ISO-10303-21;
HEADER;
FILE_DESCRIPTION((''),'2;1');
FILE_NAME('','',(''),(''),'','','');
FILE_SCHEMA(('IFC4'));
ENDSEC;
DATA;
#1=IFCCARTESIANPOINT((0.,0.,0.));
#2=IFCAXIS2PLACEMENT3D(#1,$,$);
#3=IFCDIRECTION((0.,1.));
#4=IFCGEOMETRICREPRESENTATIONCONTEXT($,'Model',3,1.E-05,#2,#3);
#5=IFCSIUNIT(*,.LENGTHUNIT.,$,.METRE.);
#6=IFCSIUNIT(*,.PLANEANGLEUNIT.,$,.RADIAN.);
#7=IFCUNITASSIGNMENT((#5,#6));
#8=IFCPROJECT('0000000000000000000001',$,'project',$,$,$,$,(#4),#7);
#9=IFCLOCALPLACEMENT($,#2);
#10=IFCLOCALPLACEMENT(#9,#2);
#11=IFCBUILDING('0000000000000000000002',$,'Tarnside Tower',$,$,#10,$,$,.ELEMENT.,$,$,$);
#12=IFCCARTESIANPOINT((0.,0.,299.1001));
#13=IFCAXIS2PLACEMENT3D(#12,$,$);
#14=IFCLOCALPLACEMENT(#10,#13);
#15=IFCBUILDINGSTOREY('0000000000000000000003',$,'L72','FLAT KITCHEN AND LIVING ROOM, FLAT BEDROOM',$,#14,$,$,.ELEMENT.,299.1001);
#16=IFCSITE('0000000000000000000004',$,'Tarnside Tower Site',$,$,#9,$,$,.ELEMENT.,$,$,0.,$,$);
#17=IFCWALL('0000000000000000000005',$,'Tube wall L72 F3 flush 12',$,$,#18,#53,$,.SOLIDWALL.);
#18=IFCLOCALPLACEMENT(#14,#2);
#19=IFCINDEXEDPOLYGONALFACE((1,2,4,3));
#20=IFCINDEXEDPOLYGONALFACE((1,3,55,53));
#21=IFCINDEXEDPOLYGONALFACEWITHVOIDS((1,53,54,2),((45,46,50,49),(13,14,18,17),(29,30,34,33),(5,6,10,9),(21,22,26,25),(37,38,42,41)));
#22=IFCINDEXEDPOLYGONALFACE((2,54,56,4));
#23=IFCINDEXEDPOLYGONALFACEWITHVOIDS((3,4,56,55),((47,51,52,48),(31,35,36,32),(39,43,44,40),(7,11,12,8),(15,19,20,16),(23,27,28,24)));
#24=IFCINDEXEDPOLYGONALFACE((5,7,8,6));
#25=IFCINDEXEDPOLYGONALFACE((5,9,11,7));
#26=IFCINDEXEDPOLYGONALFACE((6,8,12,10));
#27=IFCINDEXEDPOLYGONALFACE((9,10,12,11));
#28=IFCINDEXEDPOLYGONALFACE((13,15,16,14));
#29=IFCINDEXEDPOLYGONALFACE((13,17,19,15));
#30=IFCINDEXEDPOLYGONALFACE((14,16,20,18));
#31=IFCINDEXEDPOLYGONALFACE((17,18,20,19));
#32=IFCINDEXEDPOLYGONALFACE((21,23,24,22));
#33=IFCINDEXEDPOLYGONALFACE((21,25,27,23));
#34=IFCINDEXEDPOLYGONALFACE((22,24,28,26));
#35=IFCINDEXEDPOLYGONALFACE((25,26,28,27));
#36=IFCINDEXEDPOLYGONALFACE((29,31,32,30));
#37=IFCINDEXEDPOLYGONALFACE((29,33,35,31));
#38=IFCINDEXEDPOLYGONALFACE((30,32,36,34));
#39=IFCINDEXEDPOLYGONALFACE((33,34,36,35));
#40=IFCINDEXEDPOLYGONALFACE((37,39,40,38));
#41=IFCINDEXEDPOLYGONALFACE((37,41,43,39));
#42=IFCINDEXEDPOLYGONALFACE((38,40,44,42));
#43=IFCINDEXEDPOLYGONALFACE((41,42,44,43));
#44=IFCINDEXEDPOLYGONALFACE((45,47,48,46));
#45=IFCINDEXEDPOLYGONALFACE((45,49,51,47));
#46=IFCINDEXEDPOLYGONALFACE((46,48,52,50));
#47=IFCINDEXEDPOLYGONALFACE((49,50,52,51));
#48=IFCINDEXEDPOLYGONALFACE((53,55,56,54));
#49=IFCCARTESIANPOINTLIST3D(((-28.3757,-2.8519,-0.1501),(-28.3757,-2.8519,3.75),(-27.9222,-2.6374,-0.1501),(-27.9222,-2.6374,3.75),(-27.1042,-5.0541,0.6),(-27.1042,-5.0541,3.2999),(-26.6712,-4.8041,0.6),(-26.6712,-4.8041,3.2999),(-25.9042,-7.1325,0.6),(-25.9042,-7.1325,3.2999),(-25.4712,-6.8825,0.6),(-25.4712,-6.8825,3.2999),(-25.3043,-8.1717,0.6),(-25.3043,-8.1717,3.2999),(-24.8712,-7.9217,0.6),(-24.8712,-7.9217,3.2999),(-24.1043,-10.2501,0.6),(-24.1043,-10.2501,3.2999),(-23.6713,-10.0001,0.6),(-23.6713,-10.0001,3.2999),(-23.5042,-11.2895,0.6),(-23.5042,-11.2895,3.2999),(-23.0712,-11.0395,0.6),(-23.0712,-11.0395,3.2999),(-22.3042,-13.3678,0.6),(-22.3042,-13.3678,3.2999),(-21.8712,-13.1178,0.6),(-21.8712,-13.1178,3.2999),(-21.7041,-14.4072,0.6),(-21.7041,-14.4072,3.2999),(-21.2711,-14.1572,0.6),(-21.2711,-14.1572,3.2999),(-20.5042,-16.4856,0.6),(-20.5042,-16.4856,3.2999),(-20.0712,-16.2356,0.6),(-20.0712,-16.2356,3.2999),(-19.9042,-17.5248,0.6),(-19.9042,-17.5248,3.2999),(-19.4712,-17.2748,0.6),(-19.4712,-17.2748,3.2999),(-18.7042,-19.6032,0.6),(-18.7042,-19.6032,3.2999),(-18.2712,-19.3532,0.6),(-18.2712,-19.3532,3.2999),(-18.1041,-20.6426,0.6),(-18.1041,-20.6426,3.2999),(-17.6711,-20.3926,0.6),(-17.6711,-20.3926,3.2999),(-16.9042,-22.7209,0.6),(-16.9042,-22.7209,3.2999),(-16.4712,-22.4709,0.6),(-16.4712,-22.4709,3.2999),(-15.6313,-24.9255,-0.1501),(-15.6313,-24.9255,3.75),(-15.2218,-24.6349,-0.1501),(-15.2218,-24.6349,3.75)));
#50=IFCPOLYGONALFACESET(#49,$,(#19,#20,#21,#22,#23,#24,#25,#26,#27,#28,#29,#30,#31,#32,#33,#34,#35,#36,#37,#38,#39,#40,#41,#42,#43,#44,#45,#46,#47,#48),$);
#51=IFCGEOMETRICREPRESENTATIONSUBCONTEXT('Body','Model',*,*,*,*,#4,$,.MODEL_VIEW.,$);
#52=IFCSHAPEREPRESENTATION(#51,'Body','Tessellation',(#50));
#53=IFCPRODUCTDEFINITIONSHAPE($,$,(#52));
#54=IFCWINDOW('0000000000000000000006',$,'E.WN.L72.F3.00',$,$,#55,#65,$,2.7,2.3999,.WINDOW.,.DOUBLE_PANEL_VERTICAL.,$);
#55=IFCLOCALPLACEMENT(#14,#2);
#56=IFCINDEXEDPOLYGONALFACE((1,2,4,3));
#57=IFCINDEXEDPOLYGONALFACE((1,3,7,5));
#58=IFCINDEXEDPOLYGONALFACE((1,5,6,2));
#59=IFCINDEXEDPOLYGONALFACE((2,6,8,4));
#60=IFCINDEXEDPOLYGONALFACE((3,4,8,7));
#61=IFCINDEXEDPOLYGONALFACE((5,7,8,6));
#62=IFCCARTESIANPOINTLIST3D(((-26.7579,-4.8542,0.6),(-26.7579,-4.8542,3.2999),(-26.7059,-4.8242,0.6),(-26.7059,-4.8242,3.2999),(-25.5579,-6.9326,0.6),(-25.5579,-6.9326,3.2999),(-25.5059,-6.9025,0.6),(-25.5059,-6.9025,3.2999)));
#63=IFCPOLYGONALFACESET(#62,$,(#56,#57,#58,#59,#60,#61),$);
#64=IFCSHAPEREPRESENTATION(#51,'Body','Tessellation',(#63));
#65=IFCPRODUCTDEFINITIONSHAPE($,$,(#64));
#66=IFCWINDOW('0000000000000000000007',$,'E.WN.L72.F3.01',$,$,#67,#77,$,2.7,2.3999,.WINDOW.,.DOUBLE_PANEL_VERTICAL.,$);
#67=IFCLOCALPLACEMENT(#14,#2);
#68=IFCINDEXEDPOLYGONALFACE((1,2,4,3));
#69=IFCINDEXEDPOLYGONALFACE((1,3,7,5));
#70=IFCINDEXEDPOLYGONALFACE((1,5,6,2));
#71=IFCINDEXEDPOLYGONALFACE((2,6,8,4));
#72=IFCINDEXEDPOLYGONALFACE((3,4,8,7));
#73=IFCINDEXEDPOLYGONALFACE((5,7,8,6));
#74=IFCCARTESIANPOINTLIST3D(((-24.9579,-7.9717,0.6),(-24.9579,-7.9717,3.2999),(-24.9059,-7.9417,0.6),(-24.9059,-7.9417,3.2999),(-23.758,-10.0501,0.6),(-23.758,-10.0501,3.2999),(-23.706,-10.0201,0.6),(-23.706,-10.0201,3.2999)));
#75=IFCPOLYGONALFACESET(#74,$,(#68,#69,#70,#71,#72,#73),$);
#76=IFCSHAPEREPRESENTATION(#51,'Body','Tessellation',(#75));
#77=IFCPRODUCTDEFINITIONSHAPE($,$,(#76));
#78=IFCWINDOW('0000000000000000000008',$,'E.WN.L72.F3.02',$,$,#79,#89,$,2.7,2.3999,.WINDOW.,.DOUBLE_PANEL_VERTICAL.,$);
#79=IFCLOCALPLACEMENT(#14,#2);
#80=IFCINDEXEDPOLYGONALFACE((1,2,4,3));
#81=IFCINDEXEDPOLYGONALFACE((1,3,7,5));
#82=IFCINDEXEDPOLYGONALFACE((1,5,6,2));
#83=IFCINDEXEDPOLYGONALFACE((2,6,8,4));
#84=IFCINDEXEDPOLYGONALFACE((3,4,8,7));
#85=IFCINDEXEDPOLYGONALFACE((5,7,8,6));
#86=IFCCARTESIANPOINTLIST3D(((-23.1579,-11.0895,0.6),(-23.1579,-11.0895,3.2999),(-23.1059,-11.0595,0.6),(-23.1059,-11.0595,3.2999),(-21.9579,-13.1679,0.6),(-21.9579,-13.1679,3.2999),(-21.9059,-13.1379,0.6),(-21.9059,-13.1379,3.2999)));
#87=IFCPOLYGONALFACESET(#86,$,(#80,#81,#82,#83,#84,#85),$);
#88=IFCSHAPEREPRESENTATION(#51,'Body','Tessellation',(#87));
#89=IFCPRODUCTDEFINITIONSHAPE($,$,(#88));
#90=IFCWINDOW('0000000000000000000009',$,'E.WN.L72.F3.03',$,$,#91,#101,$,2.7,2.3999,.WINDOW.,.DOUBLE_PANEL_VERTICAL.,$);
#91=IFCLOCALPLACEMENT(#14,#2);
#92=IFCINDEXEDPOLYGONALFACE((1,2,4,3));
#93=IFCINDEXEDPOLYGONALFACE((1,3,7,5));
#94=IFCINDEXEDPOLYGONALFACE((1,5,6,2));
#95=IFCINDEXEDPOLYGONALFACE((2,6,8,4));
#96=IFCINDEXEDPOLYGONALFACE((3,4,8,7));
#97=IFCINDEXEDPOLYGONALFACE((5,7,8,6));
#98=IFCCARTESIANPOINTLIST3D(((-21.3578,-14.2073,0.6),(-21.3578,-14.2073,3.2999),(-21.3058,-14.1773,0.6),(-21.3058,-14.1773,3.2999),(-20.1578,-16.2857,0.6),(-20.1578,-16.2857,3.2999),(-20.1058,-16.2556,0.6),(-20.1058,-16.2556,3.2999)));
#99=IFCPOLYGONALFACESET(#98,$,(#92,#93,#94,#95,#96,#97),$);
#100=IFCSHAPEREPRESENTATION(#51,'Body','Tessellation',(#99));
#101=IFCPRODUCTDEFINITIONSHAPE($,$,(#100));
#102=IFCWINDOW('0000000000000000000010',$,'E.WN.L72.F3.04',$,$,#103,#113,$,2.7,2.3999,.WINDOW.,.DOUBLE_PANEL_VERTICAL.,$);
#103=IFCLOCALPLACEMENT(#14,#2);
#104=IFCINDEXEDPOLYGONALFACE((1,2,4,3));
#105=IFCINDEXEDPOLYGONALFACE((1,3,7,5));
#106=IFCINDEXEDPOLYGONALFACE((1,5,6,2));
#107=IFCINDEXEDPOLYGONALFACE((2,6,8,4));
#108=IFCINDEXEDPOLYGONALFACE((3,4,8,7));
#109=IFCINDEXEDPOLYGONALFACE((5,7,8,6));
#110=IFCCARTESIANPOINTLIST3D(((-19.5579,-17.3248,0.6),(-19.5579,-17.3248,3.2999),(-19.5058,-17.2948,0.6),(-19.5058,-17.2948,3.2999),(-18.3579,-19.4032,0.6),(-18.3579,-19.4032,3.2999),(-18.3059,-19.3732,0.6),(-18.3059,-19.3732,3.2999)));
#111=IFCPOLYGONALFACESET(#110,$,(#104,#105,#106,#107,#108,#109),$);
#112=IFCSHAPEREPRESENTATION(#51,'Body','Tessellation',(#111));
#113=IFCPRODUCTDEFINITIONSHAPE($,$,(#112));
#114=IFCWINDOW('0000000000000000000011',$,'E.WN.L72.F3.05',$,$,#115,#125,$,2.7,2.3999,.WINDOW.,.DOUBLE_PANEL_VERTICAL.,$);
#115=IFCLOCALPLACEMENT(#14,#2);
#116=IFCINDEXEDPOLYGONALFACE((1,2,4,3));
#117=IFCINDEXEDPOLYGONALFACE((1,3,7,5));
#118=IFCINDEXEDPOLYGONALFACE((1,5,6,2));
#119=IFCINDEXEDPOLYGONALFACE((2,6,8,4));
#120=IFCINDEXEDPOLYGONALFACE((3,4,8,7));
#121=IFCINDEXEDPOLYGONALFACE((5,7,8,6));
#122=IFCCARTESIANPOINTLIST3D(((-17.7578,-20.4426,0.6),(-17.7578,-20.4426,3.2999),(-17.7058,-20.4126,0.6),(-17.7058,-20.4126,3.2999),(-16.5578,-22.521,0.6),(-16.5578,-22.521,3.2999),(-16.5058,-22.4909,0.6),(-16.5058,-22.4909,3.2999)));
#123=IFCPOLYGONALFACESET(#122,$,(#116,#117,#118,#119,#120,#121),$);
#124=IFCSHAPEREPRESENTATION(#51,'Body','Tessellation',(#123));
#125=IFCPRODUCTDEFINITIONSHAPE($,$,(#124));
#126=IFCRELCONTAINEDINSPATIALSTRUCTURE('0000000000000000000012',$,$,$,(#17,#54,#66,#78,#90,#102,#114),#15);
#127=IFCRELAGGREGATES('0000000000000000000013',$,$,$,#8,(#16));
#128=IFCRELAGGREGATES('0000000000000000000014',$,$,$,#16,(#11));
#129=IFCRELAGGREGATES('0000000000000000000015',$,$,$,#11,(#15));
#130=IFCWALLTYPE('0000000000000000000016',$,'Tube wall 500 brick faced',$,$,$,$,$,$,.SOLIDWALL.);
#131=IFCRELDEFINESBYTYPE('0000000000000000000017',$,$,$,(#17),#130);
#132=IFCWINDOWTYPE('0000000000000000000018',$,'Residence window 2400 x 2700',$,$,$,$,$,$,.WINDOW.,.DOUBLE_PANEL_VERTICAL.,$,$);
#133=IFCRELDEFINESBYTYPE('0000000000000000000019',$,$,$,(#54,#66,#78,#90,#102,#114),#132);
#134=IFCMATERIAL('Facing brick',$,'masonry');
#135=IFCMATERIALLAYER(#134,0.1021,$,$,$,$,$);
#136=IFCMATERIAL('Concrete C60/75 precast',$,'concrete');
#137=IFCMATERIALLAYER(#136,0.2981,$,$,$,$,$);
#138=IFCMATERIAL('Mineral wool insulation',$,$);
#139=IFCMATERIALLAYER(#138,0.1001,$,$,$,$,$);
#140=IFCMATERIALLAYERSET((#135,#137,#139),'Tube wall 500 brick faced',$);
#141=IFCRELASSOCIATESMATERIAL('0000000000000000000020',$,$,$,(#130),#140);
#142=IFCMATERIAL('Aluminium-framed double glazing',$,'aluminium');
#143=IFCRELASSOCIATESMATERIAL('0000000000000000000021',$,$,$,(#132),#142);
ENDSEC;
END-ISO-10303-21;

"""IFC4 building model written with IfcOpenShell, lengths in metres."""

from ifc_helpers import new_model, si_unit, direction, frame, frame_2d, origin, place, context, subcontext, project, spatial, polyline, rectangle, outline, extrude, material, layer, layer_set, type_object, element, fill, save


model = new_model("IFC4")

# Units and contexts
model_context = context("Model", 3, precision=1e-05, world=origin(), true_north=direction((0.0, 1.0)))
body_context = subcontext(model_context, "Body", "Model", "MODEL_VIEW")
ifc_project = project(units=[si_unit("LENGTHUNIT", "METRE"), si_unit("PLANEANGLEUNIT", "RADIAN")], contexts=[model_context])

# Site, building, storey
site_placement = place(None, origin())
site = spatial("IfcSite", under=ifc_project, at=site_placement, Name="Tarnside Tower Site", CompositionType="ELEMENT", RefElevation=0.0)
building_placement = place(site_placement, origin())
building = spatial("IfcBuilding", under=site, at=building_placement, Name="Tarnside Tower", CompositionType="ELEMENT")
storey_placement = place(building_placement, frame((0.0, 0.0, 299.1001)))
storey = spatial("IfcBuildingStorey", under=building, at=storey_placement, Name="L72", Description="FLAT KITCHEN AND LIVING ROOM, FLAT BEDROOM", CompositionType="ELEMENT", Elevation=299.1001)

# Shared definitions
ifc_material_1 = material(Name="Facing brick", Category="masonry")
ifc_layer_1 = layer(ifc_material_1, 0.1021)
ifc_material_2 = material(Name="Concrete C60/75 precast", Category="concrete")
ifc_layer_2 = layer(ifc_material_2, 0.2981)
ifc_material_3 = material(Name="Mineral wool insulation")
ifc_layer_3 = layer(ifc_material_3, 0.1001)
ifc_layer_set_1 = layer_set([ifc_layer_1, ifc_layer_2, ifc_layer_3], Name="Tube wall 500 brick faced")
wall_type_1 = type_object("IfcWallType", Name="Tube wall 500 brick faced", PredefinedType="SOLIDWALL", material=ifc_layer_set_1)

# Wall, openings, windows
wall_1_placement = place(storey_placement, frame((-28.1489, -2.7446, -0.1501), z_axis=(0.0, 0.0, 1.0), x_axis=(0.500004, -0.866023, 0.0)))
wall_1 = element("IfcWall", 1, at=wall_1_placement, inside=storey, type_object=wall_type_1, Name="Tube wall L72 F3 flush 12", PredefinedType="SOLIDWALL", context=body_context, shape_type="SweptSolid", body=[
    extrude(outline(polyline([(-0.0205, -0.25), (25.468, -0.25), (25.4211, 0.25), (0.0205, 0.25), (-0.0205, -0.25)])), origin(), (0.0, 0.0, 1.0), 3.9001),
])
opening_1_placement = place(wall_1_placement, frame((2.5225, 0.0, 0.75)))
opening_1 = element("IfcOpeningElement", 2, at=opening_1_placement, cuts=wall_1, PredefinedType="OPENING", context=body_context, shape_type="SweptSolid", body=[
    extrude(rectangle(XDim=2.3999, YDim=2.7, at=frame_2d((1.2, 1.3501))), frame((0.0, 0.26, 0.0), z_axis=(0.0, -1.0, 0.0), x_axis=(1.0, 0.0, 0.0)), (0.0, 0.0, 1.0), 0.52),
])
opening_2_placement = place(wall_1_placement, frame((6.1223, 0.0, 0.75)))
opening_2 = element("IfcOpeningElement", 3, at=opening_2_placement, cuts=wall_1, PredefinedType="OPENING", context=body_context, shape_type="SweptSolid", body=[
    extrude(rectangle(XDim=2.3999, YDim=2.7, at=frame_2d((1.2, 1.3501))), frame((0.0, 0.26, 0.0), z_axis=(0.0, -1.0, 0.0), x_axis=(1.0, 0.0, 0.0)), (0.0, 0.0, 1.0), 0.52),
])
opening_3_placement = place(wall_1_placement, frame((9.7224, 0.0, 0.75)))
opening_3 = element("IfcOpeningElement", 4, at=opening_3_placement, cuts=wall_1, PredefinedType="OPENING", context=body_context, shape_type="SweptSolid", body=[
    extrude(rectangle(XDim=2.3999, YDim=2.7, at=frame_2d((1.2, 1.3501))), frame((0.0, 0.26, 0.0), z_axis=(0.0, -1.0, 0.0), x_axis=(1.0, 0.0, 0.0)), (0.0, 0.0, 1.0), 0.52),
])
opening_4_placement = place(wall_1_placement, frame((13.3225, 0.0, 0.75)))
opening_4 = element("IfcOpeningElement", 5, at=opening_4_placement, cuts=wall_1, PredefinedType="OPENING", context=body_context, shape_type="SweptSolid", body=[
    extrude(rectangle(XDim=2.3999, YDim=2.7, at=frame_2d((1.2, 1.3501))), frame((0.0, 0.26, 0.0), z_axis=(0.0, -1.0, 0.0), x_axis=(1.0, 0.0, 0.0)), (0.0, 0.0, 1.0), 0.52),
])
opening_5_placement = place(wall_1_placement, frame((16.9224, 0.0, 0.75)))
opening_5 = element("IfcOpeningElement", 6, at=opening_5_placement, cuts=wall_1, PredefinedType="OPENING", context=body_context, shape_type="SweptSolid", body=[
    extrude(rectangle(XDim=2.3999, YDim=2.7, at=frame_2d((1.2, 1.3501))), frame((0.0, 0.26, 0.0), z_axis=(0.0, -1.0, 0.0), x_axis=(1.0, 0.0, 0.0)), (0.0, 0.0, 1.0), 0.52),
])
opening_6_placement = place(wall_1_placement, frame((20.5225, 0.0, 0.75)))
opening_6 = element("IfcOpeningElement", 7, at=opening_6_placement, cuts=wall_1, PredefinedType="OPENING", context=body_context, shape_type="SweptSolid", body=[
    extrude(rectangle(XDim=2.3999, YDim=2.7, at=frame_2d((1.2, 1.3501))), frame((0.0, 0.26, 0.0), z_axis=(0.0, -1.0, 0.0), x_axis=(1.0, 0.0, 0.0)), (0.0, 0.0, 1.0), 0.52),
])
ifc_material_4 = material(Name="Aluminium-framed double glazing", Category="aluminium")
window_type = type_object("IfcWindowType", Name="Residence window 2400 x 2700", PartitioningType="DOUBLE_PANEL_VERTICAL", PredefinedType="WINDOW", material=ifc_material_4)
window_1_placement = place(opening_1_placement, frame((0.0, 0.1799, 0.0)))
window_1 = element("IfcWindow", 8, at=window_1_placement, inside=storey, type_object=window_type, Name="E.WN.L72.F3.00", OverallHeight=2.7, OverallWidth=2.3999, PartitioningType="DOUBLE_PANEL_VERTICAL", PredefinedType="WINDOW", context=body_context, shape_type="SweptSolid", body=[
    extrude(rectangle(XDim=2.3999, YDim=2.7, at=frame_2d((1.2, 1.3501))), frame((0.0, 0.03, 0.0), z_axis=(0.0, -1.0, 0.0), x_axis=(1.0, 0.0, 0.0)), (0.0, 0.0, 1.0), 0.0601),
])
fill(opening_1, window_1)
window_2_placement = place(opening_2_placement, frame((0.0, 0.1799, 0.0)))
window_2 = element("IfcWindow", 9, at=window_2_placement, inside=storey, type_object=window_type, Name="E.WN.L72.F3.01", OverallHeight=2.7, OverallWidth=2.3999, PartitioningType="DOUBLE_PANEL_VERTICAL", PredefinedType="WINDOW", context=body_context, shape_type="SweptSolid", body=[
    extrude(rectangle(XDim=2.3999, YDim=2.7, at=frame_2d((1.2, 1.3501))), frame((0.0, 0.03, 0.0), z_axis=(0.0, -1.0, 0.0), x_axis=(1.0, 0.0, 0.0)), (0.0, 0.0, 1.0), 0.0601),
])
fill(opening_2, window_2)
window_3_placement = place(opening_3_placement, frame((0.0, 0.1799, 0.0)))
window_3 = element("IfcWindow", 10, at=window_3_placement, inside=storey, type_object=window_type, Name="E.WN.L72.F3.02", OverallHeight=2.7, OverallWidth=2.3999, PartitioningType="DOUBLE_PANEL_VERTICAL", PredefinedType="WINDOW", context=body_context, shape_type="SweptSolid", body=[
    extrude(rectangle(XDim=2.3999, YDim=2.7, at=frame_2d((1.2, 1.3501))), frame((0.0, 0.03, 0.0), z_axis=(0.0, -1.0, 0.0), x_axis=(1.0, 0.0, 0.0)), (0.0, 0.0, 1.0), 0.0601),
])
fill(opening_3, window_3)
window_4_placement = place(opening_4_placement, frame((0.0, 0.1799, 0.0)))
window_4 = element("IfcWindow", 11, at=window_4_placement, inside=storey, type_object=window_type, Name="E.WN.L72.F3.03", OverallHeight=2.7, OverallWidth=2.3999, PartitioningType="DOUBLE_PANEL_VERTICAL", PredefinedType="WINDOW", context=body_context, shape_type="SweptSolid", body=[
    extrude(rectangle(XDim=2.3999, YDim=2.7, at=frame_2d((1.2, 1.3501))), frame((0.0, 0.03, 0.0), z_axis=(0.0, -1.0, 0.0), x_axis=(1.0, 0.0, 0.0)), (0.0, 0.0, 1.0), 0.0601),
])
fill(opening_4, window_4)
window_5_placement = place(opening_5_placement, frame((0.0, 0.1799, 0.0)))
window_5 = element("IfcWindow", 12, at=window_5_placement, inside=storey, type_object=window_type, Name="E.WN.L72.F3.04", OverallHeight=2.7, OverallWidth=2.3999, PartitioningType="DOUBLE_PANEL_VERTICAL", PredefinedType="WINDOW", context=body_context, shape_type="SweptSolid", body=[
    extrude(rectangle(XDim=2.3999, YDim=2.7, at=frame_2d((1.2, 1.3501))), frame((0.0, 0.03, 0.0), z_axis=(0.0, -1.0, 0.0), x_axis=(1.0, 0.0, 0.0)), (0.0, 0.0, 1.0), 0.0601),
])
fill(opening_5, window_5)
window_6_placement = place(opening_6_placement, frame((0.0, 0.1799, 0.0)))
window_6 = element("IfcWindow", 13, at=window_6_placement, inside=storey, type_object=window_type, Name="E.WN.L72.F3.05", OverallHeight=2.7, OverallWidth=2.3999, PartitioningType="DOUBLE_PANEL_VERTICAL", PredefinedType="WINDOW", context=body_context, shape_type="SweptSolid", body=[
    extrude(rectangle(XDim=2.3999, YDim=2.7, at=frame_2d((1.2, 1.3501))), frame((0.0, 0.03, 0.0), z_axis=(0.0, -1.0, 0.0), x_axis=(1.0, 0.0, 0.0)), (0.0, 0.0, 1.0), 0.0601),
])
fill(opening_6, window_6)

save(model, "model.ifc")
